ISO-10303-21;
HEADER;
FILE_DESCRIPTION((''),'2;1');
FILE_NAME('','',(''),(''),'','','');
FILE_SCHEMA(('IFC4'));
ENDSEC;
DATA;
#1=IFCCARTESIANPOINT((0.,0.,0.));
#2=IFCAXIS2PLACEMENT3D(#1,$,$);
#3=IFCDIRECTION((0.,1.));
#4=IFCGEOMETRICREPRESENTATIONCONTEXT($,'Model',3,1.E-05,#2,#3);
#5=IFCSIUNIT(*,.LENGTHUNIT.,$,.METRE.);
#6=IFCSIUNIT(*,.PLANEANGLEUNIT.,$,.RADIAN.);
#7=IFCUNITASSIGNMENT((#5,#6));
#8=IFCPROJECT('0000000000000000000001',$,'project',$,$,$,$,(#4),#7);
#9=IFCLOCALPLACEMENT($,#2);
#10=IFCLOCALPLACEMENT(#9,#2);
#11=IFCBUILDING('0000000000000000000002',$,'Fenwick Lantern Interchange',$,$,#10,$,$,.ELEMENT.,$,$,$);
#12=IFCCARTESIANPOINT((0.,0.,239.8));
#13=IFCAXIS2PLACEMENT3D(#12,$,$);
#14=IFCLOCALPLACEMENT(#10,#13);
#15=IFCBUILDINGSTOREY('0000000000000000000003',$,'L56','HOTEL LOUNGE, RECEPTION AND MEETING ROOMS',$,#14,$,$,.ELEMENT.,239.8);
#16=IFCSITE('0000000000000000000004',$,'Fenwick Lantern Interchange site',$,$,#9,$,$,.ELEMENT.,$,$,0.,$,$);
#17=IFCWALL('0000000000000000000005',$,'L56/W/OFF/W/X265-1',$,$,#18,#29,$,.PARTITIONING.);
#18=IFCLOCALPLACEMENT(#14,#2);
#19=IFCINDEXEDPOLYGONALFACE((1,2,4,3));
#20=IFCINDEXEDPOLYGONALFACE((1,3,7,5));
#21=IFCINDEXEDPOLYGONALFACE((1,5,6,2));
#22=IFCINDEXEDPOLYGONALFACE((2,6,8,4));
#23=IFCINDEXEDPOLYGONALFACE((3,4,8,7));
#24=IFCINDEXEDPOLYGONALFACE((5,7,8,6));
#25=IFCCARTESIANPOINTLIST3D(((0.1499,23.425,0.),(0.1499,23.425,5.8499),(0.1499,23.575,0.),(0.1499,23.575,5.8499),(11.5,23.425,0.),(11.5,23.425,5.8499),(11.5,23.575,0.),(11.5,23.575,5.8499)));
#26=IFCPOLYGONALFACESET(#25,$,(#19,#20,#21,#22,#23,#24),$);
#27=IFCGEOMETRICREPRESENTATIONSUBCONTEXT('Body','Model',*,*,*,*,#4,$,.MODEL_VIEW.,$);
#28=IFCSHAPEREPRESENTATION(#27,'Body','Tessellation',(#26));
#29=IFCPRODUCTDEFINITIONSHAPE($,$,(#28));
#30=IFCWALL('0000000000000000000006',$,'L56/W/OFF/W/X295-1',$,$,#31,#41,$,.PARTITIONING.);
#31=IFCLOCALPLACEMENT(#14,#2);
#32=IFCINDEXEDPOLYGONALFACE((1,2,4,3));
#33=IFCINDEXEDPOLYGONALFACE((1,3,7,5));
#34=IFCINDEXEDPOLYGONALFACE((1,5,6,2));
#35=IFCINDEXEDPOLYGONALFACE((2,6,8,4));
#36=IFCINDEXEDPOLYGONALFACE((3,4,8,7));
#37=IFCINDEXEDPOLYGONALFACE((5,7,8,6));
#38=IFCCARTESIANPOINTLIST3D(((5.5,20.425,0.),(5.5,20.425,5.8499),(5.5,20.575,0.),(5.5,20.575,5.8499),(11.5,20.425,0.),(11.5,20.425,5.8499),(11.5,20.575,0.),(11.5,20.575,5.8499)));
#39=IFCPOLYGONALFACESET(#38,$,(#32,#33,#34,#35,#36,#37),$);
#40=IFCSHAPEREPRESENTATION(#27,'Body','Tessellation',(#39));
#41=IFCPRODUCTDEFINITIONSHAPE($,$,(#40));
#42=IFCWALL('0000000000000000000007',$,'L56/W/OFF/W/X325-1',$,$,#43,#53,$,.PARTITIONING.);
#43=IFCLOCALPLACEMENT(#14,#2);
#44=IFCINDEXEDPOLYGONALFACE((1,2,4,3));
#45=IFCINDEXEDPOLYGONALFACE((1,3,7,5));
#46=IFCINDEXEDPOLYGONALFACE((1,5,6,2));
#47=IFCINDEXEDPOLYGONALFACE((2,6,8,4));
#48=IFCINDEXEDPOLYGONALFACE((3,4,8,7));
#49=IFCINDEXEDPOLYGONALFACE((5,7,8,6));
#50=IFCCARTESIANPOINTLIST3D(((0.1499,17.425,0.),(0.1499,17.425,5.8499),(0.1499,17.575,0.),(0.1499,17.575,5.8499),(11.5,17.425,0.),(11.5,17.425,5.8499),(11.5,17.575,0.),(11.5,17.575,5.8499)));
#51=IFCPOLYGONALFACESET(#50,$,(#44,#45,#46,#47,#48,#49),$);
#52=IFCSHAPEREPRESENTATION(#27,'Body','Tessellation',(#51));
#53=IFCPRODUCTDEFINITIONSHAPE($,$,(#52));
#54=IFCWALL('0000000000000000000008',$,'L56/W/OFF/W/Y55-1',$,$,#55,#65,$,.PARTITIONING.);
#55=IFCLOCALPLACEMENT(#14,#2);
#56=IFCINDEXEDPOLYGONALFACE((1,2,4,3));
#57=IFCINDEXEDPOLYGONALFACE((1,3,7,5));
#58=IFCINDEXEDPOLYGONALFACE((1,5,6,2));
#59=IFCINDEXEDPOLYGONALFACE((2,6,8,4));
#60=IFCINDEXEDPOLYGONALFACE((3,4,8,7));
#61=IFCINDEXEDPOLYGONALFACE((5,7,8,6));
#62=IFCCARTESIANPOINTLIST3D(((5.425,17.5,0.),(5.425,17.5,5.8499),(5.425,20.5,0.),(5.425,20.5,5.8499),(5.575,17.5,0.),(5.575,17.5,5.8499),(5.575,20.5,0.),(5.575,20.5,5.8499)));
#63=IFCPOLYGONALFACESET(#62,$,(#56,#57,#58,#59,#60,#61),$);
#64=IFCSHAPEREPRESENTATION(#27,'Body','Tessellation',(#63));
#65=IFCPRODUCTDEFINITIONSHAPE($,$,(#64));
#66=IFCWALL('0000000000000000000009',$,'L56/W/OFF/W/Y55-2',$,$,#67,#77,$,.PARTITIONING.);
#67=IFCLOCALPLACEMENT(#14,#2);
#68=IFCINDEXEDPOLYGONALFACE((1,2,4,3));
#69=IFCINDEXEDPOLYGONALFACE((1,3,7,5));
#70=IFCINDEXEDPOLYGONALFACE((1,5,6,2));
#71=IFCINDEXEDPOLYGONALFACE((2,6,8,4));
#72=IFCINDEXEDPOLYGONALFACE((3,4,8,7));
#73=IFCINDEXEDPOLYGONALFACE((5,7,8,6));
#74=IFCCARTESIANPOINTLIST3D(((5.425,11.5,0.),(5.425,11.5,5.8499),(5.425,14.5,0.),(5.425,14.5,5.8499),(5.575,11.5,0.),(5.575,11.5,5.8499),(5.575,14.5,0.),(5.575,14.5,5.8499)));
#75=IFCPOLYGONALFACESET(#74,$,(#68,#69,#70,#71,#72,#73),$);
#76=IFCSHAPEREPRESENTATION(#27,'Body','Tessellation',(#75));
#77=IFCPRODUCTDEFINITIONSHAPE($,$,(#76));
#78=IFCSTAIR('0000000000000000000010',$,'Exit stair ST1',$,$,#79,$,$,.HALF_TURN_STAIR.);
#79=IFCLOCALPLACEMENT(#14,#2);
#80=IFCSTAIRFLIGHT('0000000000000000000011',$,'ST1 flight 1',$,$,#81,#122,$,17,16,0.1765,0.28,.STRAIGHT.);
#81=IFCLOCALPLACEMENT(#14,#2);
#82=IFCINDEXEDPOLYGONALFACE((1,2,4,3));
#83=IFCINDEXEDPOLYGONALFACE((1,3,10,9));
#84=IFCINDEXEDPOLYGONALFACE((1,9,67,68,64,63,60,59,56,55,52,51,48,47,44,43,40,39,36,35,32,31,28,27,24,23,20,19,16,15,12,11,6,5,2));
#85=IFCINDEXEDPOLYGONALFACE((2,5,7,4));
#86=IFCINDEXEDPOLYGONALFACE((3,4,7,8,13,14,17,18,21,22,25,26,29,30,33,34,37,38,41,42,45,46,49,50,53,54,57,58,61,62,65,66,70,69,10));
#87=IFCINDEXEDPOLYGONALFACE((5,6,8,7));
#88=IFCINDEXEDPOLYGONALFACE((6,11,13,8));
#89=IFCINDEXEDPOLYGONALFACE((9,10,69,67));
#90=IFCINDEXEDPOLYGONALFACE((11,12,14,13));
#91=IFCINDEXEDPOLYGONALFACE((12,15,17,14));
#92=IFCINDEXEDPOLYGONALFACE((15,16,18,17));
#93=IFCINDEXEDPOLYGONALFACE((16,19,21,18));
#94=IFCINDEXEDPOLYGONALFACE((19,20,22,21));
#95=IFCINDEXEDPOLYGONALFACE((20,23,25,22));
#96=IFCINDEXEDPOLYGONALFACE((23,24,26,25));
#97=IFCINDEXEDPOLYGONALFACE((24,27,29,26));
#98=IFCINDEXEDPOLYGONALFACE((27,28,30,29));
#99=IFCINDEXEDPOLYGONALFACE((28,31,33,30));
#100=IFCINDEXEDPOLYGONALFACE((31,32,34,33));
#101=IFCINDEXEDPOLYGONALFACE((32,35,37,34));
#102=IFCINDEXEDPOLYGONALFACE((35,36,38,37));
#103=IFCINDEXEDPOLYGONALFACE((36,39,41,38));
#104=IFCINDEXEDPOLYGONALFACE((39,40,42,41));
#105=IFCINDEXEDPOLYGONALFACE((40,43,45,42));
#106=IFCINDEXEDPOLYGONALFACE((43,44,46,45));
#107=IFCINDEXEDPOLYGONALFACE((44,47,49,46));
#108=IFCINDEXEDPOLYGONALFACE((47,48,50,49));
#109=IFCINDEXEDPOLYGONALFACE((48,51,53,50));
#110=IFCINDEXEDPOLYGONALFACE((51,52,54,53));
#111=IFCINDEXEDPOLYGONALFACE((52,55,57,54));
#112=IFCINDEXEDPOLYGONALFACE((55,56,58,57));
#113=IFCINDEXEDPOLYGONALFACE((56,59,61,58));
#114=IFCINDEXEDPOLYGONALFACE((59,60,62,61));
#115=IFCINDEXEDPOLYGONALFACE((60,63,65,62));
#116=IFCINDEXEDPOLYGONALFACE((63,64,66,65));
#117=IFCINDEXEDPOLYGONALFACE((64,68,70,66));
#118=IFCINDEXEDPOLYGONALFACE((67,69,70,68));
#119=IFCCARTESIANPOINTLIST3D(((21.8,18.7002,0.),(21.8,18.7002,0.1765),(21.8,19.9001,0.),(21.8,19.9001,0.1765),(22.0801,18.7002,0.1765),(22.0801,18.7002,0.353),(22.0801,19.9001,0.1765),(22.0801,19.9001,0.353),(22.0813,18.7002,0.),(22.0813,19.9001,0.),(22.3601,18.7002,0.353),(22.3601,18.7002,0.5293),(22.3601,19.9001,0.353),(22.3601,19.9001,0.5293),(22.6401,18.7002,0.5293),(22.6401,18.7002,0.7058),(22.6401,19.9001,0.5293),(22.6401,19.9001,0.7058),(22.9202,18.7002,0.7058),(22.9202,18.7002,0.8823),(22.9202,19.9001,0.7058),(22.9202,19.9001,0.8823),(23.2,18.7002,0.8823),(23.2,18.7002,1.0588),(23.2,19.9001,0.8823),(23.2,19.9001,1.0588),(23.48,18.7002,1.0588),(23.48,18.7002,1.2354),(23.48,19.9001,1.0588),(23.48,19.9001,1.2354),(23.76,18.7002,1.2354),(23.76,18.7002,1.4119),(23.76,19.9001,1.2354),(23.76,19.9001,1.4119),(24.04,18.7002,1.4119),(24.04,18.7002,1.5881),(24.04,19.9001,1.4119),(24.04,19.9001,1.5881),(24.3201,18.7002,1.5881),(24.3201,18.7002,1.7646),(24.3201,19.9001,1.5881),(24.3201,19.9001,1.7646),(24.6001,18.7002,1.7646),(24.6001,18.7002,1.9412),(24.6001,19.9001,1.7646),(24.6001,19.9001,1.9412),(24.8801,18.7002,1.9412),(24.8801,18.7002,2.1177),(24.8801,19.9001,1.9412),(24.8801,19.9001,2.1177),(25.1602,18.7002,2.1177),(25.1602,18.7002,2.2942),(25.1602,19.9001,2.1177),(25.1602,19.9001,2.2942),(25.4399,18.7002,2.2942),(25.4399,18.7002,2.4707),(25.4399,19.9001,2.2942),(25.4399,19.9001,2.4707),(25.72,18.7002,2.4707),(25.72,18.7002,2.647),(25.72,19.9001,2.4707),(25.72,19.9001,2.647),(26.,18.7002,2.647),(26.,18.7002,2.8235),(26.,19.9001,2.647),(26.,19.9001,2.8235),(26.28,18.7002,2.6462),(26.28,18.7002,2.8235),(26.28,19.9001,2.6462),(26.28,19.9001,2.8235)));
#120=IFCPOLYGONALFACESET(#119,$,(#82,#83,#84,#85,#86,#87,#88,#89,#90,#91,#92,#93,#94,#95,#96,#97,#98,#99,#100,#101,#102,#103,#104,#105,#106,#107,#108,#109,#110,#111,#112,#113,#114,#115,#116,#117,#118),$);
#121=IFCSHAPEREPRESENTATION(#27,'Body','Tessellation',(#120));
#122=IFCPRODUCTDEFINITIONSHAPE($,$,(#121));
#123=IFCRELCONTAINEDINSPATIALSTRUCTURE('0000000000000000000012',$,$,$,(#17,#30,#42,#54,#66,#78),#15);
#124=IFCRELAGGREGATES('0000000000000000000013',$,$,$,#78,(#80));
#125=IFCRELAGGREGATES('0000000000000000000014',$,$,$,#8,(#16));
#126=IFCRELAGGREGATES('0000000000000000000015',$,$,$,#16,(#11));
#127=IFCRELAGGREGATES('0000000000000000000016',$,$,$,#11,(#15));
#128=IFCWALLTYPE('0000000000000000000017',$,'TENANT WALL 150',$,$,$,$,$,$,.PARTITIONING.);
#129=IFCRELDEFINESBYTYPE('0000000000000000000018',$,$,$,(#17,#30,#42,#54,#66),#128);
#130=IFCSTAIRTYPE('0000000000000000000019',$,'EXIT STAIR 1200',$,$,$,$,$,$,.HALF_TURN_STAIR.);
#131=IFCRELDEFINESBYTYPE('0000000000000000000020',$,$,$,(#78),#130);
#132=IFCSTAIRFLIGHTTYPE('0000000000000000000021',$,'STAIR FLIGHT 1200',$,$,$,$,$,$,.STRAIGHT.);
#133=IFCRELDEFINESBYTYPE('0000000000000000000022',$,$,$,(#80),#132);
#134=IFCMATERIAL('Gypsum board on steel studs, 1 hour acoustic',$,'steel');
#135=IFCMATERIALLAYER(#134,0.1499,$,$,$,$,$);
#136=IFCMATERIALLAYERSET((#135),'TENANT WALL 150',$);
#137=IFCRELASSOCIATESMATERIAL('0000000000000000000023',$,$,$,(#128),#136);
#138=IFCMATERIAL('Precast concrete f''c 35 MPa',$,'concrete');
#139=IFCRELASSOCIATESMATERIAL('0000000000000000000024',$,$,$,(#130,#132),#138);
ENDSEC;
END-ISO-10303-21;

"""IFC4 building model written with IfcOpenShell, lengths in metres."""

from ifc_helpers import new_model, si_unit, direction, frame, frame_2d, origin, place, context, subcontext, project, spatial, polyline, rectangle, outline, extrude, material, layer, layer_set, type_object, element, aggregate, save


model = new_model("IFC4")

# Units and contexts
model_context = context("Model", 3, precision=1e-05, world=origin(), true_north=direction((0.0, 1.0)))
body_context = subcontext(model_context, "Body", "Model", "MODEL_VIEW")
ifc_project = project(units=[si_unit("LENGTHUNIT", "METRE"), si_unit("PLANEANGLEUNIT", "RADIAN")], contexts=[model_context])

# Site, building, storey
site_placement = place(None, origin())
site = spatial("IfcSite", under=ifc_project, at=site_placement, Name="Fenwick Lantern Interchange site", CompositionType="ELEMENT", RefElevation=0.0)
building_placement = place(site_placement, origin())
building = spatial("IfcBuilding", under=site, at=building_placement, Name="Fenwick Lantern Interchange", CompositionType="ELEMENT")
storey_placement = place(building_placement, frame((0.0, 0.0, 239.8)))
storey = spatial("IfcBuildingStorey", under=building, at=storey_placement, Name="L56", Description="HOTEL LOUNGE, RECEPTION AND MEETING ROOMS", CompositionType="ELEMENT", Elevation=239.8)

# Walls
ifc_material_1 = material(Name="Gypsum board on steel studs, 1 hour acoustic", Category="steel")
ifc_layer_1 = layer(ifc_material_1, 0.1499)
ifc_layer_set_1 = layer_set([ifc_layer_1], Name="TENANT WALL 150")
wall_type_1 = type_object("IfcWallType", Name="TENANT WALL 150", PredefinedType="PARTITIONING", material=ifc_layer_set_1)
wall_1_placement = place(storey_placement, frame((0.1499, 23.5, 0.0), z_axis=(0.0, 0.0, 1.0), x_axis=(1.0, 0.0, 0.0)))
element("IfcWall", 1, at=wall_1_placement, inside=storey, type_object=wall_type_1, Name="L56/W/OFF/W/X265-1", PredefinedType="PARTITIONING", context=body_context, shape_type="SweptSolid", body=[
    extrude(rectangle(XDim=11.3501, YDim=0.1499, at=frame_2d((5.675, 0.0))), origin(), (0.0, 0.0, 1.0), 5.8499),
])
wall_2_placement = place(storey_placement, frame((5.5, 20.5, 0.0), z_axis=(0.0, 0.0, 1.0), x_axis=(1.0, 0.0, 0.0)))
element("IfcWall", 2, at=wall_2_placement, inside=storey, type_object=wall_type_1, Name="L56/W/OFF/W/X295-1", PredefinedType="PARTITIONING", context=body_context, shape_type="SweptSolid", body=[
    extrude(rectangle(XDim=6.0, YDim=0.1499, at=frame_2d((3.0, 0.0))), origin(), (0.0, 0.0, 1.0), 5.8499),
])
wall_3_placement = place(storey_placement, frame((0.1499, 17.5, 0.0), z_axis=(0.0, 0.0, 1.0), x_axis=(1.0, 0.0, 0.0)))
element("IfcWall", 3, at=wall_3_placement, inside=storey, type_object=wall_type_1, Name="L56/W/OFF/W/X325-1", PredefinedType="PARTITIONING", context=body_context, shape_type="SweptSolid", body=[
    extrude(rectangle(XDim=11.3501, YDim=0.1499, at=frame_2d((5.675, 0.0))), origin(), (0.0, 0.0, 1.0), 5.8499),
])
for number, where, z_axis, x_axis, name in (
    (4, (5.5, 20.5, 0.0), (0.0, 0.0, 1.0), (0.0, -1.0, 0.0), "L56/W/OFF/W/Y55-1"),
    (5, (5.5, 14.5, 0.0), (0.0, 0.0, 1.0), (0.0, -1.0, 0.0), "L56/W/OFF/W/Y55-2"),
):
    element("IfcWall", number, at=place(storey_placement, frame(where, z_axis=z_axis, x_axis=x_axis)), inside=storey, type_object=wall_type_1, Name=name, PredefinedType="PARTITIONING", context=body_context, shape_type="SweptSolid", body=[
        extrude(rectangle(XDim=3.0, YDim=0.1499, at=frame_2d((1.5, 0.0))), origin(), (0.0, 0.0, 1.0), 5.8499),
    ])

# Stair, stair flight
ifc_material_2 = material(Name="Precast concrete f'c 35 MPa", Category="concrete")
stair_type = type_object("IfcStairType", Name="EXIT STAIR 1200", PredefinedType="HALF_TURN_STAIR", material=ifc_material_2)
stair_placement = place(storey_placement, origin())
stair = element("IfcStair", 6, at=stair_placement, inside=storey, type_object=stair_type, Name="Exit stair ST1", PredefinedType="HALF_TURN_STAIR")
stair_flight_type = type_object("IfcStairFlightType", Name="STAIR FLIGHT 1200", PredefinedType="STRAIGHT", material=ifc_material_2)
stair_flight_placement = place(storey_placement, frame((21.8, 19.3, 0.0), z_axis=(0.0, 0.0, 1.0), x_axis=(1.0, 0.0, 0.0)))
stair_flight = element("IfcStairFlight", 7, at=stair_flight_placement, type_object=stair_flight_type, Name="ST1 flight 1", NumberOfRisers=17, NumberOfTreads=16, PredefinedType="STRAIGHT", RiserHeight=0.1765, TreadLength=0.28, context=body_context, shape_type="SweptSolid", body=[
    extrude(outline(polyline([(0.0, 0.0), (0.0, 0.1765), (0.28, 0.1765), (0.28, 0.353), (0.5601, 0.353), (0.5601, 0.5293), (0.8401, 0.5293), (0.8401, 0.7058), (1.1201, 0.7058), (1.1201, 0.8823), (1.3999, 0.8823), (1.3999, 1.0588), (1.6799, 1.0588), (1.6799, 1.2354), (1.96, 1.2354), (1.96, 1.4119), (2.24, 1.4119), (2.24, 1.5881), (2.52, 1.5881), (2.52, 1.7646), (2.8, 1.7646), (2.8, 1.9412), (3.0801, 1.9412), (3.0801, 2.1177), (3.3601, 2.1177), (3.3601, 2.2942), (3.6399, 2.2942), (3.6399, 2.4707), (3.9199, 2.4707), (3.9199, 2.647), (4.2, 2.647), (4.2, 2.8235), (4.48, 2.8235), (4.48, 3.0), (4.48, 2.6462), (0.2812, 0.0), (0.0, 0.0)])), frame((0.0, 0.6001, 0.0), z_axis=(0.0, -1.0, 0.0), x_axis=(1.0, 0.0, 0.0)), (0.0, 0.0, 1.0), 1.2),
])
aggregate(stair, [stair_flight])

save(model, "model.ifc")
